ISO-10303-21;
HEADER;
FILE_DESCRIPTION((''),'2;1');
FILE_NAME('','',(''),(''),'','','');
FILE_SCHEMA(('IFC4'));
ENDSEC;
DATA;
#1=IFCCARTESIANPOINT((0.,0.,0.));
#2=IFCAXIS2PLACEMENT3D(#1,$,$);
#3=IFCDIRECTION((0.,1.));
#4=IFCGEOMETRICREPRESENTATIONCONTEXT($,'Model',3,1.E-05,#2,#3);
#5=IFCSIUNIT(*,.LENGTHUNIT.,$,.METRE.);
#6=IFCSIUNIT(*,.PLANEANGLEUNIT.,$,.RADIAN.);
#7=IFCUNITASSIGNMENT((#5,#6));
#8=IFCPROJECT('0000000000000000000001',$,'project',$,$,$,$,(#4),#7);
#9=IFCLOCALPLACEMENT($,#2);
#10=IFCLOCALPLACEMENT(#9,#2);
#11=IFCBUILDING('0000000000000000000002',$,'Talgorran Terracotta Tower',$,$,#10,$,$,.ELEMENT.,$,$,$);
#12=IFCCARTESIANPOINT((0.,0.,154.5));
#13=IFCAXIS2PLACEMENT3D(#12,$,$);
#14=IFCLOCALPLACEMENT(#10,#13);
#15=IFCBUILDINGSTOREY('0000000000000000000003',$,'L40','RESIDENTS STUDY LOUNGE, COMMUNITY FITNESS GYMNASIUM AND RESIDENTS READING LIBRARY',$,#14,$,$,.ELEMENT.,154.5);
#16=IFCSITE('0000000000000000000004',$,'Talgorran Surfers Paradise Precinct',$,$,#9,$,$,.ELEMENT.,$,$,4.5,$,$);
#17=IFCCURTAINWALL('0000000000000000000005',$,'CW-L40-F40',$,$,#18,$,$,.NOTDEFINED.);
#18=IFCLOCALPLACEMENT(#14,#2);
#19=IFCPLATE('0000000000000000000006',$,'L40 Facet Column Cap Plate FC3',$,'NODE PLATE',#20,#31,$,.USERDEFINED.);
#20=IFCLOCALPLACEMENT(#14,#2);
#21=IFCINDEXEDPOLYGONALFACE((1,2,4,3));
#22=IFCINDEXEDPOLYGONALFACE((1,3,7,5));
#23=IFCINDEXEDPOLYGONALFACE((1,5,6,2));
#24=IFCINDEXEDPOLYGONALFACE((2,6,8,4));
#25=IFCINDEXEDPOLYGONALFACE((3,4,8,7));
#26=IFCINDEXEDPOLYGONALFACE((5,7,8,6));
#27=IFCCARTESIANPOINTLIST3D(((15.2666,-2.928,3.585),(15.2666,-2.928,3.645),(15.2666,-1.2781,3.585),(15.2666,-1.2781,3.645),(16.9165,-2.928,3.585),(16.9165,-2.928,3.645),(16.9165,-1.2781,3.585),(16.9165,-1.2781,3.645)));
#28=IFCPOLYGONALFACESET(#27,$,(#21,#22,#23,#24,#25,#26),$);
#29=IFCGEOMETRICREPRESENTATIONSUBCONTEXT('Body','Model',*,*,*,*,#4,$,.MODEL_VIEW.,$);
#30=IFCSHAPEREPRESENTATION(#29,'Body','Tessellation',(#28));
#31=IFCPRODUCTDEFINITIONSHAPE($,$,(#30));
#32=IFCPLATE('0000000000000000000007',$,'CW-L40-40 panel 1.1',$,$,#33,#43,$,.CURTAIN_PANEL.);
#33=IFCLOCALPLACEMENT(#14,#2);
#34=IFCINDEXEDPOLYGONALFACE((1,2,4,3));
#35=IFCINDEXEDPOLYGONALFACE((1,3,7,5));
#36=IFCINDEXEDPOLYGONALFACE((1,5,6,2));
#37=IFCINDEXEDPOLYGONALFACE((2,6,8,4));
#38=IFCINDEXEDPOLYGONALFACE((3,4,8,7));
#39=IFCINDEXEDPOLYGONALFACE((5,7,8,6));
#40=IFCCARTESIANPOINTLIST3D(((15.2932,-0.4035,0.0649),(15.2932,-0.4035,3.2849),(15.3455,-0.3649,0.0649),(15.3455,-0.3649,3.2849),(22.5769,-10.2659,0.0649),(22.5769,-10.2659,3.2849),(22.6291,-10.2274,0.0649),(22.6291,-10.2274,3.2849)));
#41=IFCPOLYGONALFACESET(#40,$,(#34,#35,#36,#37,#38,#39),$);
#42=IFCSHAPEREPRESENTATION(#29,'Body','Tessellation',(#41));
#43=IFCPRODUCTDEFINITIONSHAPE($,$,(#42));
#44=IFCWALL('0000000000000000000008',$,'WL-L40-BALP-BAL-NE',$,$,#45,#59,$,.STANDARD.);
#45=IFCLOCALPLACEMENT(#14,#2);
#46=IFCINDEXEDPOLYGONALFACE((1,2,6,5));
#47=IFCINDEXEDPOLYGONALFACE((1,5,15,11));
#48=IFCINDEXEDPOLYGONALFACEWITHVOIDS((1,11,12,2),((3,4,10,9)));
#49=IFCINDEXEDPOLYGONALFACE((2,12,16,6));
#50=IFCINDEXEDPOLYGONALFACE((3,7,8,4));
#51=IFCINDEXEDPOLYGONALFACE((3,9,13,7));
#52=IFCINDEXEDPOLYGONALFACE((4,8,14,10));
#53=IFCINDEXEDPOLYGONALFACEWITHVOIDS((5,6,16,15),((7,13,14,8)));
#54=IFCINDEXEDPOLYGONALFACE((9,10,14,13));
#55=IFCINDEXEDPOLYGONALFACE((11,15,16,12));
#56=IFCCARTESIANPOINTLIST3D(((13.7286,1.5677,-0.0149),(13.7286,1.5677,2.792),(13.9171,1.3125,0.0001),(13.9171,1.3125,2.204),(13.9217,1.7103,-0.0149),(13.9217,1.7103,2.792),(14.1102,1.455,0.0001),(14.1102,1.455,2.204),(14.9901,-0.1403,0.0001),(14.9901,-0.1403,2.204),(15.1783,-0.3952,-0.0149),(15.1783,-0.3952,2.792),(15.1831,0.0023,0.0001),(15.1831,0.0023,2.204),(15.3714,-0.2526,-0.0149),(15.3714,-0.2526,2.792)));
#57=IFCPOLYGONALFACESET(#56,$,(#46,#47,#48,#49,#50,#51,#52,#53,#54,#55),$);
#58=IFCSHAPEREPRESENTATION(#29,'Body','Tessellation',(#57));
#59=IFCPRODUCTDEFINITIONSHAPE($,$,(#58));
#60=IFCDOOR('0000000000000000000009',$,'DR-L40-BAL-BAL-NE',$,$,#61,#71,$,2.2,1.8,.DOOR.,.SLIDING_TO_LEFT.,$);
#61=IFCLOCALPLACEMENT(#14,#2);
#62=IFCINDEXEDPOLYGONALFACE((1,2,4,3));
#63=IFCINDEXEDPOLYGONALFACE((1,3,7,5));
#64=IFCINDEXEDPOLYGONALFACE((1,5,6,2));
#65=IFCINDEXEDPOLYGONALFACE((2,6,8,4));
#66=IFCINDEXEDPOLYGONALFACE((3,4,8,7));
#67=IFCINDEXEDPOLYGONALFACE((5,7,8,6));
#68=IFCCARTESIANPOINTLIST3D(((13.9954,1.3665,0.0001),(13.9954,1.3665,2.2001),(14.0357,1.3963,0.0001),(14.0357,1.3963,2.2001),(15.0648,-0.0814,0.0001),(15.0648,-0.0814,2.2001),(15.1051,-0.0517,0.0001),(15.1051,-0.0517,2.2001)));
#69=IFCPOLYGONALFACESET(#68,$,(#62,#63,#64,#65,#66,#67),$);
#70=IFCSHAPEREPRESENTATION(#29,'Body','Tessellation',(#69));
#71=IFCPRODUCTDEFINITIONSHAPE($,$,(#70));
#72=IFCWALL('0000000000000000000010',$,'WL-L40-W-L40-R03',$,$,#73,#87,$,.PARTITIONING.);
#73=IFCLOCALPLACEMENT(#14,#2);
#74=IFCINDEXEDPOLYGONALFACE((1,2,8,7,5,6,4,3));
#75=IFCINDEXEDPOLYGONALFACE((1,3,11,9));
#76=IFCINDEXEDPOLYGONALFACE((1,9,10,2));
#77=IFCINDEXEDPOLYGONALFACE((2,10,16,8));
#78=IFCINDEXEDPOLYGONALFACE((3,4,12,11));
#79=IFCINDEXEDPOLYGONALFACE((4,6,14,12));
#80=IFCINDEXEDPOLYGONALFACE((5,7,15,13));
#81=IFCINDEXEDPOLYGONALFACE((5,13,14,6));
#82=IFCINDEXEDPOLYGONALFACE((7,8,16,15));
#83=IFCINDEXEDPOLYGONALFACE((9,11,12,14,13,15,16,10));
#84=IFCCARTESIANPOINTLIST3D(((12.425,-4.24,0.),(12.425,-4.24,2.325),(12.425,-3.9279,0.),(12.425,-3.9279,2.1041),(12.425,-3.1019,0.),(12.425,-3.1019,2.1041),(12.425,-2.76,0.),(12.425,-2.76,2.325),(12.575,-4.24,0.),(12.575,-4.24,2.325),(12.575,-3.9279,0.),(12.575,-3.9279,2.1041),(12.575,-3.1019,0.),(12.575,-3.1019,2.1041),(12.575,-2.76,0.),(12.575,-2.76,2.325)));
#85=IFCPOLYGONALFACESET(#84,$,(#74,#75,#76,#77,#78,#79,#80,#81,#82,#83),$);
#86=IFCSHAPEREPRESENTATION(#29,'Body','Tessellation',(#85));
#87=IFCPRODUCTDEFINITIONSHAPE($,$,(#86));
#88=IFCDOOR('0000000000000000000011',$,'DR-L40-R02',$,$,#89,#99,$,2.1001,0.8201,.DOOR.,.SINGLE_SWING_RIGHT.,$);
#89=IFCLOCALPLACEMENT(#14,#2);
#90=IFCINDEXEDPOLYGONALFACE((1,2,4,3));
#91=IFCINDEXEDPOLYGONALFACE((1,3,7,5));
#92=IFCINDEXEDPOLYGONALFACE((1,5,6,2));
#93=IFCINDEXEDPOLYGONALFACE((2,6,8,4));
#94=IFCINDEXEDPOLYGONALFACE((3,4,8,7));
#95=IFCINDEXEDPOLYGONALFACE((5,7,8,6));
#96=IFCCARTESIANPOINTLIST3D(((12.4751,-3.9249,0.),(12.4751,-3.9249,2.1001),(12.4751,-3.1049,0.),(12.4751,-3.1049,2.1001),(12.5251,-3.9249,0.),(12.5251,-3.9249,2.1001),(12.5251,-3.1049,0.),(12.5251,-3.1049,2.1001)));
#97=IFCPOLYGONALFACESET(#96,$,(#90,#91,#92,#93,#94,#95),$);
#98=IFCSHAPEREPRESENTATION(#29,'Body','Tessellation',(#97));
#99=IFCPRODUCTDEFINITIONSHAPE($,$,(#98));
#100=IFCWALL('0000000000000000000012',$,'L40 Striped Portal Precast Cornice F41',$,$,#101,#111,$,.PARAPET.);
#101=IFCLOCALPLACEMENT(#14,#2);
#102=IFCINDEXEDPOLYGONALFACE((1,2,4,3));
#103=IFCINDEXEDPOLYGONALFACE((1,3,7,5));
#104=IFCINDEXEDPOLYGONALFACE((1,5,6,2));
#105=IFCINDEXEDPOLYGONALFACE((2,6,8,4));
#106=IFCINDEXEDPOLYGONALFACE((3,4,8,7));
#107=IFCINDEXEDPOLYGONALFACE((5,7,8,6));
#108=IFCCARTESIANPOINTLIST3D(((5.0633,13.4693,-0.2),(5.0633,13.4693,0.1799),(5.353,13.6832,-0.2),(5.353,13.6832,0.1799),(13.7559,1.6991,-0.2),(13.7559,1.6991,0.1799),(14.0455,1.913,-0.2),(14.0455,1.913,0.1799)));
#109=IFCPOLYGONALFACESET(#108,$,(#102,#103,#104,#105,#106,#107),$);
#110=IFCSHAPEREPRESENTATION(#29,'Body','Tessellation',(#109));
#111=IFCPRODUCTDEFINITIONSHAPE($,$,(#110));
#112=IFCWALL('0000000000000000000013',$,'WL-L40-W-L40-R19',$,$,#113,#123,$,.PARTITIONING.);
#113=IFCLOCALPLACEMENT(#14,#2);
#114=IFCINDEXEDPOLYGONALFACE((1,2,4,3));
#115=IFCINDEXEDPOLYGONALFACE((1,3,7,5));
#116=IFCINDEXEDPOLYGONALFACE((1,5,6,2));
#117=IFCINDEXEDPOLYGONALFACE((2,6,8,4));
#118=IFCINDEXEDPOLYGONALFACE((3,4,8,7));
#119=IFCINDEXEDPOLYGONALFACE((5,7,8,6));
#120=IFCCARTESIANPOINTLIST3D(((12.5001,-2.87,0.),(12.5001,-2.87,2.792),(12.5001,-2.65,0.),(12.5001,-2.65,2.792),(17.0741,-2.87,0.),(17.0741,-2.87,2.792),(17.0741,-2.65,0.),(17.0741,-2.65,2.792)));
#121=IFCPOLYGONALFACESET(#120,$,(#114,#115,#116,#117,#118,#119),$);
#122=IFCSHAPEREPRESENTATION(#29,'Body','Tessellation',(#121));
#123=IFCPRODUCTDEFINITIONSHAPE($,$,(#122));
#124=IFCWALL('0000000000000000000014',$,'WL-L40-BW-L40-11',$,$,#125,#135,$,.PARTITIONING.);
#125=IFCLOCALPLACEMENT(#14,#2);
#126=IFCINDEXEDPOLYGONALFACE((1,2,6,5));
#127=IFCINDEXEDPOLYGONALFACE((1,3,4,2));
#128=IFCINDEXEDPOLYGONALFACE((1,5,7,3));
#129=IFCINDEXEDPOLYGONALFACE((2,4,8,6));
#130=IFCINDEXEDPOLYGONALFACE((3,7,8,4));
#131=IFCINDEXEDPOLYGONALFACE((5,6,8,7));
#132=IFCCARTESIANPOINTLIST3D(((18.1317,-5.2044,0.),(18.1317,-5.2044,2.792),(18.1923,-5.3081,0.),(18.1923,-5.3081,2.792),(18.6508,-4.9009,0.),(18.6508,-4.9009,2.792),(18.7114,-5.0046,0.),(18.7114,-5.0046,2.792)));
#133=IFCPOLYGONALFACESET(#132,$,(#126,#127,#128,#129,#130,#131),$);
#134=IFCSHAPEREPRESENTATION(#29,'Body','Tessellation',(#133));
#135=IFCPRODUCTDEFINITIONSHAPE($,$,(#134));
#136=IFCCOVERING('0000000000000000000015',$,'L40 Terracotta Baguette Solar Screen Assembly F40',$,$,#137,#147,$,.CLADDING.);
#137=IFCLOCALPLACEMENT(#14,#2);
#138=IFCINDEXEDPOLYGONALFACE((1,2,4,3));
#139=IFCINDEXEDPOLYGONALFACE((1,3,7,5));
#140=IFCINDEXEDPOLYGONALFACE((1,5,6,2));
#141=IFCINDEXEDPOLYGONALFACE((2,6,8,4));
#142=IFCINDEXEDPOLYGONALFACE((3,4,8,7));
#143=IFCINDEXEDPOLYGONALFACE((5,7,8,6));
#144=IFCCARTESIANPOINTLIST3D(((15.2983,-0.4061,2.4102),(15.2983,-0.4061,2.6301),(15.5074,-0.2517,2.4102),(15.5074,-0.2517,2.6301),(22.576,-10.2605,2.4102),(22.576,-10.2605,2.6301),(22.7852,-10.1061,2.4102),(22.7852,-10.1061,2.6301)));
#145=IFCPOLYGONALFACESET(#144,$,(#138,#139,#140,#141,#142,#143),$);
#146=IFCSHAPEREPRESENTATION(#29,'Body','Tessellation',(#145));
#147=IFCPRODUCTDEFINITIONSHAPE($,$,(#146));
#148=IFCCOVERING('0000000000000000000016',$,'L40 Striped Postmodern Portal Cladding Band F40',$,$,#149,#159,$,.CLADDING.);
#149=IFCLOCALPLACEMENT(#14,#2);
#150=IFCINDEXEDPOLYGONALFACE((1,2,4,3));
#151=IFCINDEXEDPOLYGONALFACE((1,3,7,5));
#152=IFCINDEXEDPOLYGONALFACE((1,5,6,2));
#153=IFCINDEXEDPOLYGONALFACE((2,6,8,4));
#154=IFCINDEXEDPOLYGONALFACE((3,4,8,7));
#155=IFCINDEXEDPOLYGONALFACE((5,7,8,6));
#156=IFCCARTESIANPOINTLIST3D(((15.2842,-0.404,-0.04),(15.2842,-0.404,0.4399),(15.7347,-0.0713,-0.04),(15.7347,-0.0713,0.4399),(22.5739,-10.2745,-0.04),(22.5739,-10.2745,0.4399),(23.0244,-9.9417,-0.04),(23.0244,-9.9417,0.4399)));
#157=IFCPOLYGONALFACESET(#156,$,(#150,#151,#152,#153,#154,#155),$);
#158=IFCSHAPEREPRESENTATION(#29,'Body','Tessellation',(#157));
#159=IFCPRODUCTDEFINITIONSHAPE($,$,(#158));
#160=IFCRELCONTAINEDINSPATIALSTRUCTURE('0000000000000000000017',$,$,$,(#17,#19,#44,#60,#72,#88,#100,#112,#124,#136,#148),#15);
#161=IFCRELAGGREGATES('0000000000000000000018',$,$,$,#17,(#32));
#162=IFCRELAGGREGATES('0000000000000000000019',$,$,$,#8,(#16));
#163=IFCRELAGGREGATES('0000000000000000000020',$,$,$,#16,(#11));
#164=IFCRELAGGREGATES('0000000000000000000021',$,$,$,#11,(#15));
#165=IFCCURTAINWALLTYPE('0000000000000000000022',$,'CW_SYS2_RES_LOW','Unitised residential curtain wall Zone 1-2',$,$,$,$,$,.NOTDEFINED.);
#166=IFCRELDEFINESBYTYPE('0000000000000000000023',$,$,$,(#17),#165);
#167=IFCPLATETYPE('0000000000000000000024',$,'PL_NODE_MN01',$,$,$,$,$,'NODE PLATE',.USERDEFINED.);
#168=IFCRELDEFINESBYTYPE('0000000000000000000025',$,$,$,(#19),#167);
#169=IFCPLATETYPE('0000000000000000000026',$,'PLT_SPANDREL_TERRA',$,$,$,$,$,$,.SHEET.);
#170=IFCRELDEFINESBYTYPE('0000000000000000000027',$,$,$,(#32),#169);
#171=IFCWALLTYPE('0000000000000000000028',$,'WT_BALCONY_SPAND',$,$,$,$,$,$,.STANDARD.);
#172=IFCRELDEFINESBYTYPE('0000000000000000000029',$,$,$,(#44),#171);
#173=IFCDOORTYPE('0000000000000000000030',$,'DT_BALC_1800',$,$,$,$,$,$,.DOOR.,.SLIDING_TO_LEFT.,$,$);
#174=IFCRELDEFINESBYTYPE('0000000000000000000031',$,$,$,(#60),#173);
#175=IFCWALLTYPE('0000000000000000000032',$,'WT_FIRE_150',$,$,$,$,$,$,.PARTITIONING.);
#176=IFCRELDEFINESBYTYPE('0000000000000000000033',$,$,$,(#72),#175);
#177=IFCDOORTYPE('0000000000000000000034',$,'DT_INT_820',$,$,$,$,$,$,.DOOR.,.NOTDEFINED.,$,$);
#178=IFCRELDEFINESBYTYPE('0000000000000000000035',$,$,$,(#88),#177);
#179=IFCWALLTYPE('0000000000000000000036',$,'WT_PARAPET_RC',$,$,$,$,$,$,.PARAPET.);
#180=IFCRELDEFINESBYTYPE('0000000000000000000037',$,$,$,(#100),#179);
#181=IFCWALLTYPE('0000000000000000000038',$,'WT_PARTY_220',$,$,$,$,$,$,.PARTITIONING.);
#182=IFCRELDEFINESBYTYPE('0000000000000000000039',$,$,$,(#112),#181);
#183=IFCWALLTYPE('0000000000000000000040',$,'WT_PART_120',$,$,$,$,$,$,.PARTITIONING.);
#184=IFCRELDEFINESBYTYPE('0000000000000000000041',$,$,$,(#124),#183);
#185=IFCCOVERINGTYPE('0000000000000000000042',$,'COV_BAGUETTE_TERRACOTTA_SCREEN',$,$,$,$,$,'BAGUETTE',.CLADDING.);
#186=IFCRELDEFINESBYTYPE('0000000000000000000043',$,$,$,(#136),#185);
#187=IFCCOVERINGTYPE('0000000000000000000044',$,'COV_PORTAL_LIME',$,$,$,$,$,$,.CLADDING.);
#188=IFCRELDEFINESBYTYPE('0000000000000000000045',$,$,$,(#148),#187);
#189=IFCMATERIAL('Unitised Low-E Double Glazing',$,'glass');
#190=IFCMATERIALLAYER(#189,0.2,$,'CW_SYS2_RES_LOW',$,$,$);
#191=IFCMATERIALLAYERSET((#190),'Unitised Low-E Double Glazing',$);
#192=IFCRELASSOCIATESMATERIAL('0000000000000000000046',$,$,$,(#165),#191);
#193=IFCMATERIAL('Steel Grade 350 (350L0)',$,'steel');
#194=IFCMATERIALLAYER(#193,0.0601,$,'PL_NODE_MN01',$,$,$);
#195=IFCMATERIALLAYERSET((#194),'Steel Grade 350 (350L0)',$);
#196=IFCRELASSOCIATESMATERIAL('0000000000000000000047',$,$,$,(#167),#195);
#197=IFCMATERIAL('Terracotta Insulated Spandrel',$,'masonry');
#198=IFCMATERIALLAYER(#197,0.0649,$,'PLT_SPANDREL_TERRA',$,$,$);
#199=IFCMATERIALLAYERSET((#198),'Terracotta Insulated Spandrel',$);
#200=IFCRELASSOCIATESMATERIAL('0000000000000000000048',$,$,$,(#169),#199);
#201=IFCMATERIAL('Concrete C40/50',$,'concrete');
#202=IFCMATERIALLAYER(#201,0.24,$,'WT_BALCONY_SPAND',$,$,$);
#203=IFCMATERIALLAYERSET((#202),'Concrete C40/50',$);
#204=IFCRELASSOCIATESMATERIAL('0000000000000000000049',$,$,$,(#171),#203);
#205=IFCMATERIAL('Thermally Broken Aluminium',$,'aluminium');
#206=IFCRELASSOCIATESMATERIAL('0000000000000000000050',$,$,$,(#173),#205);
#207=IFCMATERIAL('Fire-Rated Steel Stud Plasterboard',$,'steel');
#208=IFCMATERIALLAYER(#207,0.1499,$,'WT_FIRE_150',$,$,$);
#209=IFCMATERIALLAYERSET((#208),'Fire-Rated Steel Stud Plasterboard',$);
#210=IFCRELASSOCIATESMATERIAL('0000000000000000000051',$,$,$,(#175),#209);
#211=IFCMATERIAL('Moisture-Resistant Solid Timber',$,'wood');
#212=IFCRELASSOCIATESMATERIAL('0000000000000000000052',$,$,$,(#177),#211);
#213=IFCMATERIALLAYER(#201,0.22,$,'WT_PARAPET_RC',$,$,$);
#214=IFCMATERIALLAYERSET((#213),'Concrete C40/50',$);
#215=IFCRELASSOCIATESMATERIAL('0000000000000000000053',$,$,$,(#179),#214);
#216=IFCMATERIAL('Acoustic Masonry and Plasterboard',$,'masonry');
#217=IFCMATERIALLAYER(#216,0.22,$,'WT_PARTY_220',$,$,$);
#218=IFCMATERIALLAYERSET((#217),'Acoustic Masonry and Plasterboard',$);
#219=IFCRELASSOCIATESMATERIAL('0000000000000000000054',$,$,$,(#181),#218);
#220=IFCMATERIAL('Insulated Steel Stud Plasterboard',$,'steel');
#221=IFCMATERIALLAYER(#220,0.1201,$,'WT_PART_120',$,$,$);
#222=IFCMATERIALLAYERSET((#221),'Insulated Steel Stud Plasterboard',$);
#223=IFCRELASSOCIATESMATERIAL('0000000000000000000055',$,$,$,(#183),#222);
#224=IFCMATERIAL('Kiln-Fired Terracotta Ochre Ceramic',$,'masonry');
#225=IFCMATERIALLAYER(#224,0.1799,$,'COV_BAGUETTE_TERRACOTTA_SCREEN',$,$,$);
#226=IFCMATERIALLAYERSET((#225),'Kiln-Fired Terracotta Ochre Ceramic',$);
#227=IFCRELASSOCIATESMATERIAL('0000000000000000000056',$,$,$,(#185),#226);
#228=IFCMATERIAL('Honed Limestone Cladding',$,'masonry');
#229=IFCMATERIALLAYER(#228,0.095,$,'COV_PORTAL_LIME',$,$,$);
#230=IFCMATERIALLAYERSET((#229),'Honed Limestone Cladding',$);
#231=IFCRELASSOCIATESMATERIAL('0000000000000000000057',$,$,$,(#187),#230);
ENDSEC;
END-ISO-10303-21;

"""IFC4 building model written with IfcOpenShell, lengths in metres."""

from ifc_helpers import new_model, si_unit, direction, frame, frame_2d, origin, origin_2d, place, context, subcontext, project, spatial, rectangle, extrude, source, transform, mapped, material, layer, layer_set, type_object, type_shapes, element, fill, aggregate, save


model = new_model("IFC4")

# Units and contexts
model_context = context("Model", 3, precision=1e-05, world=origin(), true_north=direction((0.0, 1.0)))
body_context = subcontext(model_context, "Body", "Model", "MODEL_VIEW")
ifc_project = project(units=[si_unit("LENGTHUNIT", "METRE"), si_unit("PLANEANGLEUNIT", "RADIAN")], contexts=[model_context])

# Site, building, storey
site_placement = place(None, origin())
site = spatial("IfcSite", under=ifc_project, at=site_placement, Name="Talgorran Surfers Paradise Precinct", CompositionType="ELEMENT", RefElevation=4.5)
building_placement = place(site_placement, origin())
building = spatial("IfcBuilding", under=site, at=building_placement, Name="Talgorran Terracotta Tower", CompositionType="ELEMENT")
storey_placement = place(building_placement, frame((0.0, 0.0, 154.5)))
storey = spatial("IfcBuildingStorey", under=building, at=storey_placement, Name="L40", Description="RESIDENTS STUDY LOUNGE, COMMUNITY FITNESS GYMNASIUM AND RESIDENTS READING LIBRARY", CompositionType="ELEMENT", Elevation=154.5)

# Shared definitions
ifc_material_1 = material(Name="Steel Grade 350 (350L0)", Category="steel")

# Curtain wall
ifc_material_2 = material(Name="Unitised Low-E Double Glazing", Category="glass")
ifc_layer_1 = layer(ifc_material_2, 0.2, Name="CW_SYS2_RES_LOW")
ifc_layer_set_1 = layer_set([ifc_layer_1], Name="Unitised Low-E Double Glazing")
curtain_wall_type = type_object("IfcCurtainWallType", Name="CW_SYS2_RES_LOW", Description="Unitised residential curtain wall Zone 1-2", PredefinedType="NOTDEFINED", material=ifc_layer_set_1)
curtain_wall_1_placement = place(storey_placement, origin())
curtain_wall_1 = element("IfcCurtainWall", 1, at=curtain_wall_1_placement, inside=storey, type_object=curtain_wall_type, Name="CW-L40-F40", PredefinedType="NOTDEFINED")

# Plate
ifc_layer_2 = layer(ifc_material_1, 0.0601, Name="PL_NODE_MN01")
ifc_layer_set_2 = layer_set([ifc_layer_2], Name="Steel Grade 350 (350L0)")
plate_type_1 = type_object("IfcPlateType", Name="PL_NODE_MN01", ElementType="NODE PLATE", PredefinedType="USERDEFINED", material=ifc_layer_set_2)
plate_1_placement = place(storey_placement, frame((16.0916, -2.103, 3.585), z_axis=(0.0, 0.0, 1.0), x_axis=(1.0, 0.0, 0.0)))
element("IfcPlate", 2, at=plate_1_placement, inside=storey, type_object=plate_type_1, Name="L40 Facet Column Cap Plate FC3", ObjectType="NODE PLATE", PredefinedType="USERDEFINED", context=body_context, shape_type="SweptSolid", body=[
    extrude(rectangle(XDim=1.6499, YDim=1.6499, at=origin_2d()), origin(), (0.0, 0.0, 1.0), 0.0601),
])

# Plate
ifc_material_3 = material(Name="Terracotta Insulated Spandrel", Category="masonry")
ifc_layer_3 = layer(ifc_material_3, 0.0649, Name="PLT_SPANDREL_TERRA")
ifc_layer_set_3 = layer_set([ifc_layer_3], Name="Terracotta Insulated Spandrel")
plate_type_2 = type_object("IfcPlateType", Name="PLT_SPANDREL_TERRA", PredefinedType="SHEET", material=ifc_layer_set_3)
shared_shape_1 = source(origin(), body_context, "Body", "SweptSolid", [
    extrude(rectangle(XDim=12.2605, YDim=0.0649, at=origin_2d()), origin(), (0.0, 0.0, 1.0), 3.22),
])
type_shapes(plate_type_2, [shared_shape_1])
plate_2_placement = place(storey_placement, frame((18.9612, -5.3154, 0.0649), z_axis=(0.0, 0.0, 1.0), x_axis=(-0.594077, 0.804408, 0.0)))
plate_2 = element("IfcPlate", 3, at=plate_2_placement, type_object=plate_type_2, Name="CW-L40-40 panel 1.1", PredefinedType="CURTAIN_PANEL", context=body_context, shape_type="MappedRepresentation", body=[
    mapped(shared_shape_1, transform((0.0, 0.0, 0.0), scale=1.0)),
])
aggregate(curtain_wall_1, [plate_2])

# Walls, openings, doors
ifc_material_4 = material(Name="Concrete C40/50", Category="concrete")
ifc_layer_4 = layer(ifc_material_4, 0.24, Name="WT_BALCONY_SPAND")
ifc_layer_set_4 = layer_set([ifc_layer_4], Name="Concrete C40/50")
wall_type_1 = type_object("IfcWallType", Name="WT_BALCONY_SPAND", PredefinedType="STANDARD", material=ifc_layer_set_4)
wall_1_placement = place(storey_placement, frame((15.2749, -0.324, -0.0149), z_axis=(0.0, 0.0, 1.0), x_axis=(-0.594093, 0.804396, 0.0)))
wall_1 = element("IfcWall", 4, at=wall_1_placement, inside=storey, type_object=wall_type_1, Name="WL-L40-BALP-BAL-NE", PredefinedType="STANDARD", context=body_context, shape_type="SweptSolid", body=[
    extrude(rectangle(XDim=2.4402, YDim=0.24, at=frame_2d((1.2202, 0.0))), origin(), (0.0, 0.0, 1.0), 2.8069),
])
opening_1_placement = place(wall_1_placement, frame((0.3201, 0.0, 0.0149)))
opening_1 = element("IfcOpeningElement", 5, at=opening_1_placement, cuts=wall_1, PredefinedType="OPENING", context=body_context, shape_type="SweptSolid", body=[
    extrude(rectangle(XDim=1.806, YDim=2.204, at=frame_2d((0.8999, 1.1021))), frame((0.0, 0.1299, 0.0), z_axis=(0.0, -1.0, 0.0), x_axis=(1.0, 0.0, 0.0)), (0.0, 0.0, 1.0), 0.26),
])
ifc_material_5 = material(Name="Thermally Broken Aluminium", Category="aluminium")
door_type_1 = type_object("IfcDoorType", Name="DT_BALC_1800", OperationType="SLIDING_TO_LEFT", PredefinedType="DOOR", material=ifc_material_5)
door_1_placement = place(opening_1_placement, origin())
door_1 = element("IfcDoor", 6, at=door_1_placement, inside=storey, type_object=door_type_1, Name="DR-L40-BAL-BAL-NE", OperationType="SLIDING_TO_LEFT", OverallHeight=2.2, OverallWidth=1.8, PredefinedType="DOOR", context=body_context, shape_type="SweptSolid", body=[
    extrude(rectangle(XDim=1.8, YDim=2.2, at=frame_2d((0.8999, 1.1001))), frame((0.0, 0.0249, 0.0), z_axis=(0.0, -1.0, 0.0), x_axis=(1.0, 0.0, 0.0)), (0.0, 0.0, 1.0), 0.05),
])
fill(opening_1, door_1)
ifc_material_6 = material(Name="Fire-Rated Steel Stud Plasterboard", Category="steel")
ifc_layer_5 = layer(ifc_material_6, 0.1499, Name="WT_FIRE_150")
ifc_layer_set_5 = layer_set([ifc_layer_5], Name="Fire-Rated Steel Stud Plasterboard")
wall_type_2 = type_object("IfcWallType", Name="WT_FIRE_150", PredefinedType="PARTITIONING", material=ifc_layer_set_5)
wall_2_placement = place(storey_placement, frame((12.5, -4.24, 0.0), z_axis=(0.0, 0.0, 1.0), x_axis=(0.0, 1.0, 0.0)))
wall_2 = element("IfcWall", 7, at=wall_2_placement, inside=storey, type_object=wall_type_2, Name="WL-L40-W-L40-R03", PredefinedType="PARTITIONING", context=body_context, shape_type="SweptSolid", body=[
    extrude(rectangle(XDim=1.48, YDim=0.1499, at=frame_2d((0.74, 0.0))), origin(), (0.0, 0.0, 1.0), 2.325),
])
opening_2_placement = place(wall_2_placement, frame((0.3149, 0.0, 0.0)))
opening_2 = element("IfcOpeningElement", 8, at=opening_2_placement, cuts=wall_2, PredefinedType="OPENING", context=body_context, shape_type="SweptSolid", body=[
    extrude(rectangle(XDim=0.8261, YDim=2.1041, at=frame_2d((0.4102, 1.052))), frame((0.0, 0.085, 0.0), z_axis=(0.0, -1.0, 0.0), x_axis=(1.0, 0.0, 0.0)), (0.0, 0.0, 1.0), 0.1699),
])
ifc_material_7 = material(Name="Moisture-Resistant Solid Timber", Category="wood")
door_type_2 = type_object("IfcDoorType", Name="DT_INT_820", OperationType="NOTDEFINED", PredefinedType="DOOR", material=ifc_material_7)
door_2_placement = place(opening_2_placement, origin())
door_2 = element("IfcDoor", 9, at=door_2_placement, inside=storey, type_object=door_type_2, Name="DR-L40-R02", OperationType="SINGLE_SWING_RIGHT", OverallHeight=2.1001, OverallWidth=0.8201, PredefinedType="DOOR", context=body_context, shape_type="SweptSolid", body=[
    extrude(rectangle(XDim=0.8201, YDim=2.1001, at=frame_2d((0.4102, 1.05))), frame((0.0, 0.0249, 0.0), z_axis=(0.0, -1.0, 0.0), x_axis=(1.0, 0.0, 0.0)), (0.0, 0.0, 1.0), 0.05),
])
fill(opening_2, door_2)

# Walls
ifc_layer_6 = layer(ifc_material_4, 0.22, Name="WT_PARAPET_RC")
ifc_layer_set_6 = layer_set([ifc_layer_6], Name="Concrete C40/50")
wall_type_3 = type_object("IfcWallType", Name="WT_PARAPET_RC", PredefinedType="PARAPET", material=ifc_layer_set_6)
wall_3_placement = place(storey_placement, frame((13.9006, 1.8062, -0.2), z_axis=(0.0, 0.0, 1.0), x_axis=(-0.594076, 0.804409, 0.0)))
element("IfcWall", 10, at=wall_3_placement, inside=storey, type_object=wall_type_3, Name="L40 Striped Portal Precast Cornice F41", PredefinedType="PARAPET", context=body_context, shape_type="SweptSolid", body=[
    extrude(rectangle(XDim=14.6321, YDim=0.3601, at=frame_2d((7.3159, 0.0))), origin(), (0.0, 0.0, 1.0), 0.3799),
])
ifc_material_8 = material(Name="Acoustic Masonry and Plasterboard", Category="masonry")
ifc_layer_7 = layer(ifc_material_8, 0.22, Name="WT_PARTY_220")
ifc_layer_set_7 = layer_set([ifc_layer_7], Name="Acoustic Masonry and Plasterboard")
wall_type_4 = type_object("IfcWallType", Name="WT_PARTY_220", PredefinedType="PARTITIONING", material=ifc_layer_set_7)
wall_4_placement = place(storey_placement, frame((12.5, -2.76, 0.0), z_axis=(0.0, 0.0, 1.0), x_axis=(1.0, 0.0, 0.0)))
element("IfcWall", 11, at=wall_4_placement, inside=storey, type_object=wall_type_4, Name="WL-L40-W-L40-R19", PredefinedType="PARTITIONING", context=body_context, shape_type="SweptSolid", body=[
    extrude(rectangle(XDim=4.574, YDim=0.22, at=frame_2d((2.2871, 0.0))), origin(), (0.0, 0.0, 1.0), 2.792),
])
ifc_material_9 = material(Name="Insulated Steel Stud Plasterboard", Category="steel")
ifc_layer_8 = layer(ifc_material_9, 0.1201, Name="WT_PART_120")
ifc_layer_set_8 = layer_set([ifc_layer_8], Name="Insulated Steel Stud Plasterboard")
wall_type_5 = type_object("IfcWallType", Name="WT_PART_120", PredefinedType="PARTITIONING", material=ifc_layer_set_8)
wall_5_placement = place(storey_placement, frame((18.1619, -5.2563, 0.0), z_axis=(0.0, 0.0, 1.0), x_axis=(0.863278, 0.504729, 0.0)))
element("IfcWall", 12, at=wall_5_placement, inside=storey, type_object=wall_type_5, Name="WL-L40-BW-L40-11", PredefinedType="PARTITIONING", context=body_context, shape_type="SweptSolid", body=[
    extrude(rectangle(XDim=0.6013, YDim=0.1201, at=frame_2d((0.3008, 0.0))), origin(), (0.0, 0.0, 1.0), 2.792),
])

# Coverings
ifc_material_10 = material(Name="Kiln-Fired Terracotta Ochre Ceramic", Category="masonry")
ifc_layer_9 = layer(ifc_material_10, 0.1799, Name="COV_BAGUETTE_TERRACOTTA_SCREEN")
ifc_layer_set_9 = layer_set([ifc_layer_9], Name="Kiln-Fired Terracotta Ochre Ceramic")
covering_type_1 = type_object("IfcCoveringType", Name="COV_BAGUETTE_TERRACOTTA_SCREEN", ElementType="BAGUETTE", PredefinedType="CLADDING", material=ifc_layer_set_9)
covering_1_placement = place(storey_placement, frame((19.0417, -5.2561, 2.4102), z_axis=(0.0, 0.0, 1.0), x_axis=(-0.594079, 0.804407, 0.0)))
element("IfcCovering", 13, at=covering_1_placement, inside=storey, type_object=covering_type_1, Name="L40 Terracotta Baguette Solar Screen Assembly F40", PredefinedType="CLADDING", context=body_context, shape_type="SweptSolid", body=[
    extrude(rectangle(XDim=12.2505, YDim=0.26, at=origin_2d()), origin(), (0.0, 0.0, 1.0), 0.22),
])
ifc_material_11 = material(Name="Honed Limestone Cladding", Category="masonry")
ifc_layer_10 = layer(ifc_material_11, 0.095, Name="COV_PORTAL_LIME")
ifc_layer_set_10 = layer_set([ifc_layer_10], Name="Honed Limestone Cladding")
covering_type_2 = type_object("IfcCoveringType", Name="COV_PORTAL_LIME", PredefinedType="CLADDING", material=ifc_layer_set_10)
covering_2_placement = place(storey_placement, frame((19.1543, -5.1729, -0.04), z_axis=(0.0, 0.0, 1.0), x_axis=(-0.594079, 0.804407, 0.0)))
element("IfcCovering", 14, at=covering_2_placement, inside=storey, type_object=covering_type_2, Name="L40 Striped Postmodern Portal Cladding Band F40", PredefinedType="CLADDING", context=body_context, shape_type="SweptSolid", body=[
    extrude(rectangle(XDim=12.2705, YDim=0.5601, at=origin_2d()), origin(), (0.0, 0.0, 1.0), 0.48),
])

save(model, "model.ifc")
